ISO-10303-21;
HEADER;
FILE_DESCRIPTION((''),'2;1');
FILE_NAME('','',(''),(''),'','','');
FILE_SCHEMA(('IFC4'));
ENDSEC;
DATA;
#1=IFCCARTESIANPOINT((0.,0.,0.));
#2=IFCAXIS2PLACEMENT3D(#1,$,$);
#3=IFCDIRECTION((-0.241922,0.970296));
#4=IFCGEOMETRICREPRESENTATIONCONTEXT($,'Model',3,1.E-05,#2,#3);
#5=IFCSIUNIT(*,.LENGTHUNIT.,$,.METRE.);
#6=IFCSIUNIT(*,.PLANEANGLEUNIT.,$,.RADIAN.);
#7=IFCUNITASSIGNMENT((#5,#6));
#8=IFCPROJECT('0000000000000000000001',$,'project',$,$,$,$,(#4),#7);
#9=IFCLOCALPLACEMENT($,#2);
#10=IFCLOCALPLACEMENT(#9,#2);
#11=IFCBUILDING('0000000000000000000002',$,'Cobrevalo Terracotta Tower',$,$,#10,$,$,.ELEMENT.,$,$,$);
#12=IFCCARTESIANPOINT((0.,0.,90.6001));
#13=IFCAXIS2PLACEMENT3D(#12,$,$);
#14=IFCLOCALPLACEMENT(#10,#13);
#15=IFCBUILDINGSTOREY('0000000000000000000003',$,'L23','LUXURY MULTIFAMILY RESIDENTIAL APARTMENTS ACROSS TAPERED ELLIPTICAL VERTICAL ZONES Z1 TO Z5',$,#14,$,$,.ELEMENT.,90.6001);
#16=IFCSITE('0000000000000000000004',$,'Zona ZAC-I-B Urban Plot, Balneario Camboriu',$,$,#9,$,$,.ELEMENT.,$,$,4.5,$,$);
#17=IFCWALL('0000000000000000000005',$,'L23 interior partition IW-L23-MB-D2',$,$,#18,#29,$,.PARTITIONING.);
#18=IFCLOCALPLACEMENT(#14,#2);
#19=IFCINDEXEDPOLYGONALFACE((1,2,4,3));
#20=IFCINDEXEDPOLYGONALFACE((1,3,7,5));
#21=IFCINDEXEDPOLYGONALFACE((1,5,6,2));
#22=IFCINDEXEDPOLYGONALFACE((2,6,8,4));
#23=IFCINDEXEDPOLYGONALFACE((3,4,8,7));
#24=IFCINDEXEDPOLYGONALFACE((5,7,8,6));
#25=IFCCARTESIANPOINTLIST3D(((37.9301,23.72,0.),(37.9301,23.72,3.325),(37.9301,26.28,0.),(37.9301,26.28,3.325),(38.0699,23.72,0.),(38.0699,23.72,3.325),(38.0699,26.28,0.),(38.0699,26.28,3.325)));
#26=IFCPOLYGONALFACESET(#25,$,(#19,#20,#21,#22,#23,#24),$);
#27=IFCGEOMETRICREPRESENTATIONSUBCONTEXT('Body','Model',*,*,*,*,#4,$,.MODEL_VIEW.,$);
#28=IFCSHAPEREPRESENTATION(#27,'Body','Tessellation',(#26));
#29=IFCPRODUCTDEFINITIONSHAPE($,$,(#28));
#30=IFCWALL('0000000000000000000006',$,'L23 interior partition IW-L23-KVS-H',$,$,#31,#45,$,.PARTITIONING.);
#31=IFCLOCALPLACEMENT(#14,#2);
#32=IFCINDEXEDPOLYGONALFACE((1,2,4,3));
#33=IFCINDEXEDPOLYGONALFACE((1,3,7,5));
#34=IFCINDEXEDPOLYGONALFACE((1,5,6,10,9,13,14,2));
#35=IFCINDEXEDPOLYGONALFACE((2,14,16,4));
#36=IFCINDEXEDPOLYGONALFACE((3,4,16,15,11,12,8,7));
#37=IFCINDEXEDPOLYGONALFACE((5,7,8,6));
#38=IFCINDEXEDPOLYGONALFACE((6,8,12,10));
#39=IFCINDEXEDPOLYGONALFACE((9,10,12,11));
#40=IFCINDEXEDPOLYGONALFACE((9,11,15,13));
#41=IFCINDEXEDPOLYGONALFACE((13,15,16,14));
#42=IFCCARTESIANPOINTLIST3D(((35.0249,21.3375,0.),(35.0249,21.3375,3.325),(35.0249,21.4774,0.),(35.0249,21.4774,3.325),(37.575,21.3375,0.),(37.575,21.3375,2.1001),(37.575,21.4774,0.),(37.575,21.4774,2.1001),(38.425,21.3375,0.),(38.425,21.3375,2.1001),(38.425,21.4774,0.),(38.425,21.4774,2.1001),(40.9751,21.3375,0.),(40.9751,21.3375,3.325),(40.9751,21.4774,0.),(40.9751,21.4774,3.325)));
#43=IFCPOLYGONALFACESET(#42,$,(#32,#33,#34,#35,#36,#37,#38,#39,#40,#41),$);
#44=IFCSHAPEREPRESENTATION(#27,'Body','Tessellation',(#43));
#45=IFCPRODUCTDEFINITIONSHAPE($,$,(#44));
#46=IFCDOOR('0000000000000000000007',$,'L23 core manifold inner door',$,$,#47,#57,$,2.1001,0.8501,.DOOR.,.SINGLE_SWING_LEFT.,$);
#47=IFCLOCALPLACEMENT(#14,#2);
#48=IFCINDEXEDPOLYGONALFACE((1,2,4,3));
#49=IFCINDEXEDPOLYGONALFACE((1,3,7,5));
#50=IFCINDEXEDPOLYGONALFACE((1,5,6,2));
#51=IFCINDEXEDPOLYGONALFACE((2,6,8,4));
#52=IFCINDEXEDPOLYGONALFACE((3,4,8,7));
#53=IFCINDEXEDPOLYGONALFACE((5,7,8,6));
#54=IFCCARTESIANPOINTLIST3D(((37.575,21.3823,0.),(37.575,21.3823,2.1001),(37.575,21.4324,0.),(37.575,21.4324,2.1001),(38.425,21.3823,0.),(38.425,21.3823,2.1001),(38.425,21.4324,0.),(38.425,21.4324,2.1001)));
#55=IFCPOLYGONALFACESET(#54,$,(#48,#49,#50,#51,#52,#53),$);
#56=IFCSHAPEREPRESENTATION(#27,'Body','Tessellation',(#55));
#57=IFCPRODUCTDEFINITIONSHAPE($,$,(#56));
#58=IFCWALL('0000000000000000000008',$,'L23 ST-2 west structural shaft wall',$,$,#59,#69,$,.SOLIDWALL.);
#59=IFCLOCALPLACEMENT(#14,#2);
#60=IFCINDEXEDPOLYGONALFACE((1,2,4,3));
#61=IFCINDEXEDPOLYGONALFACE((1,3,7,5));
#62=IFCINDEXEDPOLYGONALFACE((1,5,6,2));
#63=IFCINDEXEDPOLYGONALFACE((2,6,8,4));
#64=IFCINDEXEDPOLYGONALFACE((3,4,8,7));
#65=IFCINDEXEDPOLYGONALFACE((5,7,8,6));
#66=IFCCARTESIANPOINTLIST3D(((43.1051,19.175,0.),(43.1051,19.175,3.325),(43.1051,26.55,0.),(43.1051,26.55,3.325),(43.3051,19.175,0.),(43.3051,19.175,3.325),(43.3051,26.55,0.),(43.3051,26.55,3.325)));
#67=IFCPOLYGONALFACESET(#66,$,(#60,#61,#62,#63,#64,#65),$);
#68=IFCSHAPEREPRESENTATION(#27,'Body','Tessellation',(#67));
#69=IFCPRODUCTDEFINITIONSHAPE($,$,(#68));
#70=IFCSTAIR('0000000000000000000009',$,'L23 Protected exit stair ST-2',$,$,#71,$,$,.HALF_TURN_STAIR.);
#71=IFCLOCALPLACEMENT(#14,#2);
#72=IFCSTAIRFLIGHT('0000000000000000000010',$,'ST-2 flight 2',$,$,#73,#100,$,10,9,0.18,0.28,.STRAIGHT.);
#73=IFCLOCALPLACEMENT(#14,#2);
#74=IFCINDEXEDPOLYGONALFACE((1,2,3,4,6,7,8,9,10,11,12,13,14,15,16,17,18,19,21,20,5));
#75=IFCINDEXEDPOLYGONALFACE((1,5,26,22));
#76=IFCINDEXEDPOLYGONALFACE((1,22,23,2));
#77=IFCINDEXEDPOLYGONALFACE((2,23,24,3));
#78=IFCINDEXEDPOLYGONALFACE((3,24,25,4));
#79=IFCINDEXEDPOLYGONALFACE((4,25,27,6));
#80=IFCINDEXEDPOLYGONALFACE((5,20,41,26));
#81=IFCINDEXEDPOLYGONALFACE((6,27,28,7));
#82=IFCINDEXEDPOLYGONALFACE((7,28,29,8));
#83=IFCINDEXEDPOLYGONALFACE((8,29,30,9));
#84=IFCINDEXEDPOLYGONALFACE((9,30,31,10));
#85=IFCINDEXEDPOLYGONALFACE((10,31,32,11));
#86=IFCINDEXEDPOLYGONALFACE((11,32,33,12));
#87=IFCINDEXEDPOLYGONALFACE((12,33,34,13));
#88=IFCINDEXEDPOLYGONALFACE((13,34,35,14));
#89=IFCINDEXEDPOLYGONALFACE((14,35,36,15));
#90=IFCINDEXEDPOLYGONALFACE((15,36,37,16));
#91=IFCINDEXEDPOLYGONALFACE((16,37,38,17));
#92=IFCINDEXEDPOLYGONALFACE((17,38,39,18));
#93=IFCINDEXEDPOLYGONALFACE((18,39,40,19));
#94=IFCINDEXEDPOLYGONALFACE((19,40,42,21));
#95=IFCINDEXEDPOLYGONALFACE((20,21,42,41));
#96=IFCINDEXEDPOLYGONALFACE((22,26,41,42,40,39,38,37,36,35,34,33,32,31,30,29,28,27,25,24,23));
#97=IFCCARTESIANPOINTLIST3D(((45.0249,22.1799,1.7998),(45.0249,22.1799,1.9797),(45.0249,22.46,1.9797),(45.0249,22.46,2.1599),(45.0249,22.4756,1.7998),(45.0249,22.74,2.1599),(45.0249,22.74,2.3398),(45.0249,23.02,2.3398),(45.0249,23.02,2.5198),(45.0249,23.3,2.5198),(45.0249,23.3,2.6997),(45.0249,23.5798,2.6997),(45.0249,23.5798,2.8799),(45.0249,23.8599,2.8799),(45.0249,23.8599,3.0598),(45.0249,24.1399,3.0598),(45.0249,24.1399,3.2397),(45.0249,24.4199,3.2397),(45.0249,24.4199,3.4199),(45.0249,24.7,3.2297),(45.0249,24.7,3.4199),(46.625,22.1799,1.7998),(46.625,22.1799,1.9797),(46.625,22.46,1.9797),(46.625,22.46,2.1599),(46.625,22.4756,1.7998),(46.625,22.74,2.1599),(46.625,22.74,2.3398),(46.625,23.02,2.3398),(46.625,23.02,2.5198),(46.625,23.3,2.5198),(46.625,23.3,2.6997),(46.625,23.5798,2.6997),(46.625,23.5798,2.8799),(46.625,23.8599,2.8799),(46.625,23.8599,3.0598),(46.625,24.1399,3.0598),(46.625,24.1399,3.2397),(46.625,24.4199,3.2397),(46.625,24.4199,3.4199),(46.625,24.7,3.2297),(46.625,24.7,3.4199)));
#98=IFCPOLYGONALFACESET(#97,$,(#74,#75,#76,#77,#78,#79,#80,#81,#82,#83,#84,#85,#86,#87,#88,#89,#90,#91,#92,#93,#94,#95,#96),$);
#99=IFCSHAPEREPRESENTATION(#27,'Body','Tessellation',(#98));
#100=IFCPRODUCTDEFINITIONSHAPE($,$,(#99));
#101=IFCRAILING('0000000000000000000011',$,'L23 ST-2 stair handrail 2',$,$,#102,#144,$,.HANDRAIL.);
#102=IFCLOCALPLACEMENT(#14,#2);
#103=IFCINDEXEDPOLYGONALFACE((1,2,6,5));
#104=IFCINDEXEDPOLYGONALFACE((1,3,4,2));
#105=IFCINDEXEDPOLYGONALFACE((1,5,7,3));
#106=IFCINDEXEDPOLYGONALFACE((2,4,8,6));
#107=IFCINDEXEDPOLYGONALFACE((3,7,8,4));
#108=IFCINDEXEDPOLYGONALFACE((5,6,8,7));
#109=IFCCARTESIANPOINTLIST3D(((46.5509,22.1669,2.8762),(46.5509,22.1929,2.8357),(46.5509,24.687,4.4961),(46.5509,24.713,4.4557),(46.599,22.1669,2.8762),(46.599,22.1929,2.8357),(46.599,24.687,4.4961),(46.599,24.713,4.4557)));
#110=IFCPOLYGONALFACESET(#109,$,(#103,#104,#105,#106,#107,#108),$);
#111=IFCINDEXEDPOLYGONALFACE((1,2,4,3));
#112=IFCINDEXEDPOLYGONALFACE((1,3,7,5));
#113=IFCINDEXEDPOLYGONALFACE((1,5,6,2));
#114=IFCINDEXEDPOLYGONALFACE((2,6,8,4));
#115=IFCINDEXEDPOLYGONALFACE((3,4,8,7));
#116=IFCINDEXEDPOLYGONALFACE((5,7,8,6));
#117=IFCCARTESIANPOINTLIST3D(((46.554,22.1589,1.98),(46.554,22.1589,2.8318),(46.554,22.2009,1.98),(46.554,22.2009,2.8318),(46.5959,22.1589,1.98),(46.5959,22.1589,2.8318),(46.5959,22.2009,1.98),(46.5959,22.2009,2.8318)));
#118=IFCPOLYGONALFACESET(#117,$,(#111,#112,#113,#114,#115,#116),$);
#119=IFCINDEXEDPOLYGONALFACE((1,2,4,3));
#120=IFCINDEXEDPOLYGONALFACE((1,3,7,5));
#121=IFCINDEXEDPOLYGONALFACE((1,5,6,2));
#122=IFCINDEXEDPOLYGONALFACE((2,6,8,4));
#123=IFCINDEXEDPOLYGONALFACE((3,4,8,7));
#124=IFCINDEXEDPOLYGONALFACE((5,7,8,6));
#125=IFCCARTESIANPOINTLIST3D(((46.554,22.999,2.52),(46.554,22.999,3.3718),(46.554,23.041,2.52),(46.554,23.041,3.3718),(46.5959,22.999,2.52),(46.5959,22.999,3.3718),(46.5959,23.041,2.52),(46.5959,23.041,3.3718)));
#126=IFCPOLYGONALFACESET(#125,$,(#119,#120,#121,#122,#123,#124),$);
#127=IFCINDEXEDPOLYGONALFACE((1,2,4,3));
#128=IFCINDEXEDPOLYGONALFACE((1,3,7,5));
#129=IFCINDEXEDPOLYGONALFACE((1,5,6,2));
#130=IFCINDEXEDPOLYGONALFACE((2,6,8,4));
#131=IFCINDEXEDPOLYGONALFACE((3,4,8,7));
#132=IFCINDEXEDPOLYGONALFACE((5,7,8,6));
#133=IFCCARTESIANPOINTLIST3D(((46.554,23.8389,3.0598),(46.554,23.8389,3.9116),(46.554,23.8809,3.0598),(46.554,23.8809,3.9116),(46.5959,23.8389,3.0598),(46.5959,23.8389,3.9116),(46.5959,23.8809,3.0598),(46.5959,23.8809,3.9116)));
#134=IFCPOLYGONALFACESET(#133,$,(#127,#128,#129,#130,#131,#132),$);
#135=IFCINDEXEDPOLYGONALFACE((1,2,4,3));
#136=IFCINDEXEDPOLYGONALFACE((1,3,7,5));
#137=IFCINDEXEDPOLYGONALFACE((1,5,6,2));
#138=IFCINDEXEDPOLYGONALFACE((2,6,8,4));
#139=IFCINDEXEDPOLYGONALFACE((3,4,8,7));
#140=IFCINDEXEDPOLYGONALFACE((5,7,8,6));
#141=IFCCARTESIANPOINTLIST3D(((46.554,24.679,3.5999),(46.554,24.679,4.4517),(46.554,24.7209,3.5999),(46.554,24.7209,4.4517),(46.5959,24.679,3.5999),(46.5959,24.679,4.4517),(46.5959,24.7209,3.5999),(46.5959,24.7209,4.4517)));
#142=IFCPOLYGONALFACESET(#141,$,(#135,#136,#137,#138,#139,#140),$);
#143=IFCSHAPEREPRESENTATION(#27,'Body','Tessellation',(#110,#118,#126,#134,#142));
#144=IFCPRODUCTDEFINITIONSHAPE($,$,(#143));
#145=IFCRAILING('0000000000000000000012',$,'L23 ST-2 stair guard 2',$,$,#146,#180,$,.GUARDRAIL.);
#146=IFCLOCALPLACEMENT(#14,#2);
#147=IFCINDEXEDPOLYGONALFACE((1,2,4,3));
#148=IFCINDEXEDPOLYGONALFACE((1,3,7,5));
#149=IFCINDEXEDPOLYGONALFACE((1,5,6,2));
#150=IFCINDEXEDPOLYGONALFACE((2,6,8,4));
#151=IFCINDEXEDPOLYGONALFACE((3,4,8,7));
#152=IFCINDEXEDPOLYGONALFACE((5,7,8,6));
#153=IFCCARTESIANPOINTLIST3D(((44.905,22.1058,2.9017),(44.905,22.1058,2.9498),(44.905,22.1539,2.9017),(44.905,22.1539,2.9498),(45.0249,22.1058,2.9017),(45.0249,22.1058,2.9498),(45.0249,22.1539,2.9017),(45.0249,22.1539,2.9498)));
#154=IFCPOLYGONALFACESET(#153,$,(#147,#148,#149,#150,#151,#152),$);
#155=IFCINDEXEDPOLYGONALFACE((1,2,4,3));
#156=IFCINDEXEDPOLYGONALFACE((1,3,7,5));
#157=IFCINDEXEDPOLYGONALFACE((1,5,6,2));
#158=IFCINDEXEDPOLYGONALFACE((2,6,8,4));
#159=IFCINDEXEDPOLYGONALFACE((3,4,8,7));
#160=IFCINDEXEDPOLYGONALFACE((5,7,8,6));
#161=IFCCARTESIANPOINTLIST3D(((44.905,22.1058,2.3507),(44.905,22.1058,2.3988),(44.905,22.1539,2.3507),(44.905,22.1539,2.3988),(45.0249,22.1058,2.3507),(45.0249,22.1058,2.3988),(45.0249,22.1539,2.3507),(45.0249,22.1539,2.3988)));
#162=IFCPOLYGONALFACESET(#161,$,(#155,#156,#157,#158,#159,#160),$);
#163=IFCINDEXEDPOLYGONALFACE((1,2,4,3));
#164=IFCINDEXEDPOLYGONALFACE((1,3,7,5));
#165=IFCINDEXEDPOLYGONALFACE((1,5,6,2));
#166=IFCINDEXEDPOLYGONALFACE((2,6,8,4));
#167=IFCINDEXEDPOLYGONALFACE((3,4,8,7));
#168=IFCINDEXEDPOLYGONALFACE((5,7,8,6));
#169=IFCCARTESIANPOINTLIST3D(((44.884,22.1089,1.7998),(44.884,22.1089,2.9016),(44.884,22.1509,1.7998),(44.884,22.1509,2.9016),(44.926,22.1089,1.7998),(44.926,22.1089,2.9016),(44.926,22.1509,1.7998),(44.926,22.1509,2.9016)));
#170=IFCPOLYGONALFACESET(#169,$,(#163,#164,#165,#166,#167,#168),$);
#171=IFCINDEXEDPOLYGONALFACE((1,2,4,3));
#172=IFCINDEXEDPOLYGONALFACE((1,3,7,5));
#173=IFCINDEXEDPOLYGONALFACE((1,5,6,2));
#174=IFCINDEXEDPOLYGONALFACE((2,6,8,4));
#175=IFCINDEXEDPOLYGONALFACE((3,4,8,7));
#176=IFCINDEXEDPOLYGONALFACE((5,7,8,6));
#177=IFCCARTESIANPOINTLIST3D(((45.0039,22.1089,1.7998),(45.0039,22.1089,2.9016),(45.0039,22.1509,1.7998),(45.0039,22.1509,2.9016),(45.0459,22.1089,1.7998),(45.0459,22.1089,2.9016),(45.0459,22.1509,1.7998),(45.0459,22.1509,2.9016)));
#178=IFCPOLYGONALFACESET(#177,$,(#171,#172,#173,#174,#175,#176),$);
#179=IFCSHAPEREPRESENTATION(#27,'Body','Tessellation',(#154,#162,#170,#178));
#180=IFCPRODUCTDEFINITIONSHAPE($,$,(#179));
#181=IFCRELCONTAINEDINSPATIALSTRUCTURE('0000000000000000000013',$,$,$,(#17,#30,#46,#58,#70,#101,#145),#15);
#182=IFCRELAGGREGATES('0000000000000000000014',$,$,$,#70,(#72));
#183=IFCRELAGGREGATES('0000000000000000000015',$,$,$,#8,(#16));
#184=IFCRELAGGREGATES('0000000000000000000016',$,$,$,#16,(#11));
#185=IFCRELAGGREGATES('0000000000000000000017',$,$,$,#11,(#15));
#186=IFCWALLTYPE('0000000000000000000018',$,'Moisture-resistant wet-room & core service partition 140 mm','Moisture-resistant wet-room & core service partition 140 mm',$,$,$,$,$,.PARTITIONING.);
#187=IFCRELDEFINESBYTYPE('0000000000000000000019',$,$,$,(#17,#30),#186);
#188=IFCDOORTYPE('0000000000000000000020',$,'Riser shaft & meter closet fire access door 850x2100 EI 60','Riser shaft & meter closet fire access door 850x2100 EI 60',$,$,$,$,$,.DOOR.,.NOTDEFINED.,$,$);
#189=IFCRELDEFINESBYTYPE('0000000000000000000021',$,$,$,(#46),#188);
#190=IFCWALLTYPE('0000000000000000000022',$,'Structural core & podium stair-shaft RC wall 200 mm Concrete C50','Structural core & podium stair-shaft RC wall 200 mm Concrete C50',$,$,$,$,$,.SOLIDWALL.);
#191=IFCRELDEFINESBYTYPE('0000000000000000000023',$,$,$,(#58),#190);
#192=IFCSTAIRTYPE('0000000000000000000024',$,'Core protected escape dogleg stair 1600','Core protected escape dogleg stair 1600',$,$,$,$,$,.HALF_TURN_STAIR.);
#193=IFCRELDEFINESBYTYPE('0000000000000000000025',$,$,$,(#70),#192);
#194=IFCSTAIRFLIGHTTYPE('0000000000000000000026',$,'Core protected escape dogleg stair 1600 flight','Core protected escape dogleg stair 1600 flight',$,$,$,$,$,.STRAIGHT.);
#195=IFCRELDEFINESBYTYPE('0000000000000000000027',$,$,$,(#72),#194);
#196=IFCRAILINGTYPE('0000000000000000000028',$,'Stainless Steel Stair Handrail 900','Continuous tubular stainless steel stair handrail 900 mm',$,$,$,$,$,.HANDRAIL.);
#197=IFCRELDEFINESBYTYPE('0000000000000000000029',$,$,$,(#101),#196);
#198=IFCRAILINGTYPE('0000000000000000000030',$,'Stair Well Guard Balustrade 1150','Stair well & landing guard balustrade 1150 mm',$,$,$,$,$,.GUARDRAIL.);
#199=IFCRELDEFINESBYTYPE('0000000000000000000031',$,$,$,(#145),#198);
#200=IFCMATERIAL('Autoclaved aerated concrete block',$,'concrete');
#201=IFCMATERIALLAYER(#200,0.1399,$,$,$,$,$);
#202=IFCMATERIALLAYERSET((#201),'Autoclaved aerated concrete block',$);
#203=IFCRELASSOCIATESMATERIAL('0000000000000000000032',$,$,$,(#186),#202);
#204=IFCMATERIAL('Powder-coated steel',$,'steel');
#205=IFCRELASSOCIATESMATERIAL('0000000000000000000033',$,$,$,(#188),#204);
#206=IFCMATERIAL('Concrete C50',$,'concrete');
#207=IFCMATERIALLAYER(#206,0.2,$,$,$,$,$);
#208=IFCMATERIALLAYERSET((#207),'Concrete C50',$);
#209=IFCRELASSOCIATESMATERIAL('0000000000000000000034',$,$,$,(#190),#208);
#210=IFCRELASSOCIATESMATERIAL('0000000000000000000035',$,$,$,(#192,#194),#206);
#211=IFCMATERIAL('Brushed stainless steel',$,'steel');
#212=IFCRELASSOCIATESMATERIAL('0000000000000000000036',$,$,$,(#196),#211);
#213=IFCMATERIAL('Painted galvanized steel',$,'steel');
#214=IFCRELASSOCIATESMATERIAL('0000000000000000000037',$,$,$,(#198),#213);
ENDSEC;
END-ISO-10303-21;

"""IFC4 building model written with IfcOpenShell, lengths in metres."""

from ifc_helpers import new_model, si_unit, direction, frame, frame_2d, origin, origin_2d, place, context, subcontext, project, spatial, polyline, rectangle, outline, extrude, source, transform, mapped, material, layer, layer_set, type_object, element, fill, aggregate, save


model = new_model("IFC4")

# Units and contexts
model_context = context("Model", 3, precision=1e-05, world=origin(), true_north=direction((-0.241922, 0.970296)))
body_context = subcontext(model_context, "Body", "Model", "MODEL_VIEW")
ifc_project = project(units=[si_unit("LENGTHUNIT", "METRE"), si_unit("PLANEANGLEUNIT", "RADIAN")], contexts=[model_context])

# Site, building, storey
site_placement = place(None, origin())
site = spatial("IfcSite", under=ifc_project, at=site_placement, Name="Zona ZAC-I-B Urban Plot, Balneario Camboriu", CompositionType="ELEMENT", RefElevation=4.5)
building_placement = place(site_placement, origin())
building = spatial("IfcBuilding", under=site, at=building_placement, Name="Cobrevalo Terracotta Tower", CompositionType="ELEMENT")
storey_placement = place(building_placement, frame((0.0, 0.0, 90.6001)))
storey = spatial("IfcBuildingStorey", under=building, at=storey_placement, Name="L23", Description="LUXURY MULTIFAMILY RESIDENTIAL APARTMENTS ACROSS TAPERED ELLIPTICAL VERTICAL ZONES Z1 TO Z5", CompositionType="ELEMENT", Elevation=90.6001)

# Shared definitions
ifc_material_1 = material(Name="Autoclaved aerated concrete block", Category="concrete")

# Wall
ifc_layer_1 = layer(ifc_material_1, 0.1399)
ifc_layer_set_1 = layer_set([ifc_layer_1], Name="Autoclaved aerated concrete block")
wall_type_1 = type_object("IfcWallType", Name="Moisture-resistant wet-room & core service partition 140 mm", Description="Moisture-resistant wet-room & core service partition 140 mm", PredefinedType="PARTITIONING", material=ifc_layer_set_1)
wall_1_placement = place(storey_placement, frame((38.0, 23.72, 0.0), z_axis=(0.0, 0.0, 1.0), x_axis=(0.0, 1.0, 0.0)))
element("IfcWall", 1, at=wall_1_placement, inside=storey, type_object=wall_type_1, Name="L23 interior partition IW-L23-MB-D2", PredefinedType="PARTITIONING", context=body_context, shape_type="SweptSolid", body=[
    extrude(rectangle(XDim=2.5601, YDim=0.1399, at=frame_2d((1.28, 0.0))), origin(), (0.0, 0.0, 1.0), 3.325),
])

# Wall, opening, door
wall_2_placement = place(storey_placement, frame((35.0249, 21.4075, 0.0), z_axis=(0.0, 0.0, 1.0), x_axis=(1.0, 0.0, 0.0)))
wall_2 = element("IfcWall", 2, at=wall_2_placement, inside=storey, type_object=wall_type_1, Name="L23 interior partition IW-L23-KVS-H", PredefinedType="PARTITIONING", context=body_context, shape_type="SweptSolid", body=[
    extrude(rectangle(XDim=5.9502, YDim=0.1399, at=frame_2d((2.9751, 0.0))), origin(), (0.0, 0.0, 1.0), 3.325),
])
opening_1_placement = place(wall_2_placement, frame((2.55, 0.0, 0.0)))
opening_1 = element("IfcOpeningElement", 3, at=opening_1_placement, cuts=wall_2, PredefinedType="OPENING", context=body_context, shape_type="SweptSolid", body=[
    extrude(rectangle(XDim=0.8501, YDim=2.1001, at=frame_2d((0.425, 1.05))), frame((0.0, 0.0801, 0.0), z_axis=(0.0, -1.0, 0.0), x_axis=(1.0, 0.0, 0.0)), (0.0, 0.0, 1.0), 0.1599),
])
ifc_material_2 = material(Name="Powder-coated steel", Category="steel")
door_type_1 = type_object("IfcDoorType", Name="Riser shaft & meter closet fire access door 850x2100 EI 60", Description="Riser shaft & meter closet fire access door 850x2100 EI 60", OperationType="NOTDEFINED", PredefinedType="DOOR", material=ifc_material_2)
shared_shape_1 = source(origin(), body_context, "Body", "SweptSolid", [
    extrude(rectangle(XDim=0.8501, YDim=2.1001, at=frame_2d((0.425, 1.05))), frame((0.0, 0.0249, 0.0), z_axis=(0.0, -1.0, 0.0), x_axis=(1.0, 0.0, 0.0)), (0.0, 0.0, 1.0), 0.05),
])
door_1_placement = place(opening_1_placement, origin())
door_1 = element("IfcDoor", 4, at=door_1_placement, inside=storey, type_object=door_type_1, Name="L23 core manifold inner door", OperationType="SINGLE_SWING_LEFT", OverallHeight=2.1001, OverallWidth=0.8501, PredefinedType="DOOR", context=body_context, shape_type="MappedRepresentation", body=[
    mapped(shared_shape_1, transform((0.0, 0.0, 0.0), scale=1.0)),
])
fill(opening_1, door_1)

# Wall
ifc_material_3 = material(Name="Concrete C50", Category="concrete")
ifc_layer_2 = layer(ifc_material_3, 0.2)
ifc_layer_set_2 = layer_set([ifc_layer_2], Name="Concrete C50")
wall_type_2 = type_object("IfcWallType", Name="Structural core & podium stair-shaft RC wall 200 mm Concrete C50", Description="Structural core & podium stair-shaft RC wall 200 mm Concrete C50", PredefinedType="SOLIDWALL", material=ifc_layer_set_2)
wall_3_placement = place(storey_placement, frame((43.2051, 19.175, 0.0), z_axis=(0.0, 0.0, 1.0), x_axis=(0.0, 1.0, 0.0)))
element("IfcWall", 5, at=wall_3_placement, inside=storey, type_object=wall_type_2, Name="L23 ST-2 west structural shaft wall", PredefinedType="SOLIDWALL", context=body_context, shape_type="SweptSolid", body=[
    extrude(rectangle(XDim=7.375, YDim=0.2, at=frame_2d((3.6875, 0.0))), origin(), (0.0, 0.0, 1.0), 3.325),
])

# Stair, stair flight
stair_type = type_object("IfcStairType", Name="Core protected escape dogleg stair 1600", Description="Core protected escape dogleg stair 1600", PredefinedType="HALF_TURN_STAIR", material=ifc_material_3)
stair_placement = place(storey_placement, origin())
stair = element("IfcStair", 6, at=stair_placement, inside=storey, type_object=stair_type, Name="L23 Protected exit stair ST-2", PredefinedType="HALF_TURN_STAIR")
stair_flight_type = type_object("IfcStairFlightType", Name="Core protected escape dogleg stair 1600 flight", Description="Core protected escape dogleg stair 1600 flight", PredefinedType="STRAIGHT", material=ifc_material_3)
stair_flight_placement = place(storey_placement, frame((45.825, 22.1799, 1.7998), z_axis=(0.0, 0.0, 1.0), x_axis=(0.0, 1.0, 0.0)))
stair_flight = element("IfcStairFlight", 7, at=stair_flight_placement, type_object=stair_flight_type, Name="ST-2 flight 2", NumberOfRisers=10, NumberOfTreads=9, PredefinedType="STRAIGHT", RiserHeight=0.18, TreadLength=0.28, context=body_context, shape_type="SweptSolid", body=[
    extrude(outline(polyline([(0.0, 0.0), (0.0, 0.1799), (0.28, 0.1799), (0.28, 0.3601), (0.5601, 0.3601), (0.5601, 0.54), (0.8401, 0.54), (0.8401, 0.72), (1.1201, 0.72), (1.1201, 0.8999), (1.3999, 0.8999), (1.3999, 1.0801), (1.6799, 1.0801), (1.6799, 1.26), (1.96, 1.26), (1.96, 1.4399), (2.24, 1.4399), (2.24, 1.6201), (2.52, 1.6201), (2.52, 1.8), (2.52, 1.4299), (0.2957, 0.0), (0.0, 0.0)])), frame((0.0, 0.8, 0.0), z_axis=(0.0, -1.0, 0.0), x_axis=(1.0, 0.0, 0.0)), (0.0, 0.0, 1.0), 1.6001),
])
aggregate(stair, [stair_flight])

# Railings
ifc_material_4 = material(Name="Brushed stainless steel", Category="steel")
railing_type_1 = type_object("IfcRailingType", Name="Stainless Steel Stair Handrail 900", Description="Continuous tubular stainless steel stair handrail 900 mm", PredefinedType="HANDRAIL", material=ifc_material_4)
railing_1_placement = place(storey_placement, frame((46.575, 22.1799, 1.98)))
element("IfcRailing", 8, at=railing_1_placement, inside=storey, type_object=railing_type_1, Name="L23 ST-2 stair handrail 2", PredefinedType="HANDRAIL", context=body_context, shape_type="SweptSolid", body=[
    extrude(rectangle(XDim=0.0481, YDim=0.0481, at=origin_2d()), frame((0.0, 0.0, 0.876), z_axis=(0.0, 0.8412, 0.540725), x_axis=(-1.0, 0.0, 0.0)), (0.0, 0.0, 1.0), 2.9958),
    extrude(rectangle(XDim=0.042, YDim=0.042, at=origin_2d()), origin(), (0.0, 0.0, 1.0), 0.8518),
    extrude(rectangle(XDim=0.042, YDim=0.042, at=origin_2d()), frame((0.0, 0.8401, 0.54)), (0.0, 0.0, 1.0), 0.8518),
    extrude(rectangle(XDim=0.042, YDim=0.042, at=origin_2d()), frame((0.0, 1.6799, 1.0798)), (0.0, 0.0, 1.0), 0.8518),
    extrude(rectangle(XDim=0.042, YDim=0.042, at=origin_2d()), frame((0.0, 2.52, 1.6199)), (0.0, 0.0, 1.0), 0.8518),
])
ifc_material_5 = material(Name="Painted galvanized steel", Category="steel")
railing_type_2 = type_object("IfcRailingType", Name="Stair Well Guard Balustrade 1150", Description="Stair well & landing guard balustrade 1150 mm", PredefinedType="GUARDRAIL", material=ifc_material_5)
railing_2_placement = place(storey_placement, frame((44.905, 22.1299, 1.7998)))
element("IfcRailing", 9, at=railing_2_placement, inside=storey, type_object=railing_type_2, Name="L23 ST-2 stair guard 2", PredefinedType="GUARDRAIL", context=body_context, shape_type="SweptSolid", body=[
    extrude(rectangle(XDim=0.0481, YDim=0.0481, at=origin_2d()), frame((0.0, 0.0, 1.126), z_axis=(1.0, 0.0, 0.0), x_axis=(0.0, 1.0, 0.0)), (0.0, 0.0, 1.0), 0.1199),
    extrude(rectangle(XDim=0.0481, YDim=0.0481, at=origin_2d()), frame((0.0, 0.0, 0.575), z_axis=(1.0, 0.0, 0.0), x_axis=(0.0, 1.0, 0.0)), (0.0, 0.0, 1.0), 0.1199),
    extrude(rectangle(XDim=0.042, YDim=0.042, at=origin_2d()), origin(), (0.0, 0.0, 1.0), 1.1018),
    extrude(rectangle(XDim=0.042, YDim=0.042, at=origin_2d()), frame((0.1199, 0.0, 0.0)), (0.0, 0.0, 1.0), 1.1018),
])

save(model, "model.ifc")
